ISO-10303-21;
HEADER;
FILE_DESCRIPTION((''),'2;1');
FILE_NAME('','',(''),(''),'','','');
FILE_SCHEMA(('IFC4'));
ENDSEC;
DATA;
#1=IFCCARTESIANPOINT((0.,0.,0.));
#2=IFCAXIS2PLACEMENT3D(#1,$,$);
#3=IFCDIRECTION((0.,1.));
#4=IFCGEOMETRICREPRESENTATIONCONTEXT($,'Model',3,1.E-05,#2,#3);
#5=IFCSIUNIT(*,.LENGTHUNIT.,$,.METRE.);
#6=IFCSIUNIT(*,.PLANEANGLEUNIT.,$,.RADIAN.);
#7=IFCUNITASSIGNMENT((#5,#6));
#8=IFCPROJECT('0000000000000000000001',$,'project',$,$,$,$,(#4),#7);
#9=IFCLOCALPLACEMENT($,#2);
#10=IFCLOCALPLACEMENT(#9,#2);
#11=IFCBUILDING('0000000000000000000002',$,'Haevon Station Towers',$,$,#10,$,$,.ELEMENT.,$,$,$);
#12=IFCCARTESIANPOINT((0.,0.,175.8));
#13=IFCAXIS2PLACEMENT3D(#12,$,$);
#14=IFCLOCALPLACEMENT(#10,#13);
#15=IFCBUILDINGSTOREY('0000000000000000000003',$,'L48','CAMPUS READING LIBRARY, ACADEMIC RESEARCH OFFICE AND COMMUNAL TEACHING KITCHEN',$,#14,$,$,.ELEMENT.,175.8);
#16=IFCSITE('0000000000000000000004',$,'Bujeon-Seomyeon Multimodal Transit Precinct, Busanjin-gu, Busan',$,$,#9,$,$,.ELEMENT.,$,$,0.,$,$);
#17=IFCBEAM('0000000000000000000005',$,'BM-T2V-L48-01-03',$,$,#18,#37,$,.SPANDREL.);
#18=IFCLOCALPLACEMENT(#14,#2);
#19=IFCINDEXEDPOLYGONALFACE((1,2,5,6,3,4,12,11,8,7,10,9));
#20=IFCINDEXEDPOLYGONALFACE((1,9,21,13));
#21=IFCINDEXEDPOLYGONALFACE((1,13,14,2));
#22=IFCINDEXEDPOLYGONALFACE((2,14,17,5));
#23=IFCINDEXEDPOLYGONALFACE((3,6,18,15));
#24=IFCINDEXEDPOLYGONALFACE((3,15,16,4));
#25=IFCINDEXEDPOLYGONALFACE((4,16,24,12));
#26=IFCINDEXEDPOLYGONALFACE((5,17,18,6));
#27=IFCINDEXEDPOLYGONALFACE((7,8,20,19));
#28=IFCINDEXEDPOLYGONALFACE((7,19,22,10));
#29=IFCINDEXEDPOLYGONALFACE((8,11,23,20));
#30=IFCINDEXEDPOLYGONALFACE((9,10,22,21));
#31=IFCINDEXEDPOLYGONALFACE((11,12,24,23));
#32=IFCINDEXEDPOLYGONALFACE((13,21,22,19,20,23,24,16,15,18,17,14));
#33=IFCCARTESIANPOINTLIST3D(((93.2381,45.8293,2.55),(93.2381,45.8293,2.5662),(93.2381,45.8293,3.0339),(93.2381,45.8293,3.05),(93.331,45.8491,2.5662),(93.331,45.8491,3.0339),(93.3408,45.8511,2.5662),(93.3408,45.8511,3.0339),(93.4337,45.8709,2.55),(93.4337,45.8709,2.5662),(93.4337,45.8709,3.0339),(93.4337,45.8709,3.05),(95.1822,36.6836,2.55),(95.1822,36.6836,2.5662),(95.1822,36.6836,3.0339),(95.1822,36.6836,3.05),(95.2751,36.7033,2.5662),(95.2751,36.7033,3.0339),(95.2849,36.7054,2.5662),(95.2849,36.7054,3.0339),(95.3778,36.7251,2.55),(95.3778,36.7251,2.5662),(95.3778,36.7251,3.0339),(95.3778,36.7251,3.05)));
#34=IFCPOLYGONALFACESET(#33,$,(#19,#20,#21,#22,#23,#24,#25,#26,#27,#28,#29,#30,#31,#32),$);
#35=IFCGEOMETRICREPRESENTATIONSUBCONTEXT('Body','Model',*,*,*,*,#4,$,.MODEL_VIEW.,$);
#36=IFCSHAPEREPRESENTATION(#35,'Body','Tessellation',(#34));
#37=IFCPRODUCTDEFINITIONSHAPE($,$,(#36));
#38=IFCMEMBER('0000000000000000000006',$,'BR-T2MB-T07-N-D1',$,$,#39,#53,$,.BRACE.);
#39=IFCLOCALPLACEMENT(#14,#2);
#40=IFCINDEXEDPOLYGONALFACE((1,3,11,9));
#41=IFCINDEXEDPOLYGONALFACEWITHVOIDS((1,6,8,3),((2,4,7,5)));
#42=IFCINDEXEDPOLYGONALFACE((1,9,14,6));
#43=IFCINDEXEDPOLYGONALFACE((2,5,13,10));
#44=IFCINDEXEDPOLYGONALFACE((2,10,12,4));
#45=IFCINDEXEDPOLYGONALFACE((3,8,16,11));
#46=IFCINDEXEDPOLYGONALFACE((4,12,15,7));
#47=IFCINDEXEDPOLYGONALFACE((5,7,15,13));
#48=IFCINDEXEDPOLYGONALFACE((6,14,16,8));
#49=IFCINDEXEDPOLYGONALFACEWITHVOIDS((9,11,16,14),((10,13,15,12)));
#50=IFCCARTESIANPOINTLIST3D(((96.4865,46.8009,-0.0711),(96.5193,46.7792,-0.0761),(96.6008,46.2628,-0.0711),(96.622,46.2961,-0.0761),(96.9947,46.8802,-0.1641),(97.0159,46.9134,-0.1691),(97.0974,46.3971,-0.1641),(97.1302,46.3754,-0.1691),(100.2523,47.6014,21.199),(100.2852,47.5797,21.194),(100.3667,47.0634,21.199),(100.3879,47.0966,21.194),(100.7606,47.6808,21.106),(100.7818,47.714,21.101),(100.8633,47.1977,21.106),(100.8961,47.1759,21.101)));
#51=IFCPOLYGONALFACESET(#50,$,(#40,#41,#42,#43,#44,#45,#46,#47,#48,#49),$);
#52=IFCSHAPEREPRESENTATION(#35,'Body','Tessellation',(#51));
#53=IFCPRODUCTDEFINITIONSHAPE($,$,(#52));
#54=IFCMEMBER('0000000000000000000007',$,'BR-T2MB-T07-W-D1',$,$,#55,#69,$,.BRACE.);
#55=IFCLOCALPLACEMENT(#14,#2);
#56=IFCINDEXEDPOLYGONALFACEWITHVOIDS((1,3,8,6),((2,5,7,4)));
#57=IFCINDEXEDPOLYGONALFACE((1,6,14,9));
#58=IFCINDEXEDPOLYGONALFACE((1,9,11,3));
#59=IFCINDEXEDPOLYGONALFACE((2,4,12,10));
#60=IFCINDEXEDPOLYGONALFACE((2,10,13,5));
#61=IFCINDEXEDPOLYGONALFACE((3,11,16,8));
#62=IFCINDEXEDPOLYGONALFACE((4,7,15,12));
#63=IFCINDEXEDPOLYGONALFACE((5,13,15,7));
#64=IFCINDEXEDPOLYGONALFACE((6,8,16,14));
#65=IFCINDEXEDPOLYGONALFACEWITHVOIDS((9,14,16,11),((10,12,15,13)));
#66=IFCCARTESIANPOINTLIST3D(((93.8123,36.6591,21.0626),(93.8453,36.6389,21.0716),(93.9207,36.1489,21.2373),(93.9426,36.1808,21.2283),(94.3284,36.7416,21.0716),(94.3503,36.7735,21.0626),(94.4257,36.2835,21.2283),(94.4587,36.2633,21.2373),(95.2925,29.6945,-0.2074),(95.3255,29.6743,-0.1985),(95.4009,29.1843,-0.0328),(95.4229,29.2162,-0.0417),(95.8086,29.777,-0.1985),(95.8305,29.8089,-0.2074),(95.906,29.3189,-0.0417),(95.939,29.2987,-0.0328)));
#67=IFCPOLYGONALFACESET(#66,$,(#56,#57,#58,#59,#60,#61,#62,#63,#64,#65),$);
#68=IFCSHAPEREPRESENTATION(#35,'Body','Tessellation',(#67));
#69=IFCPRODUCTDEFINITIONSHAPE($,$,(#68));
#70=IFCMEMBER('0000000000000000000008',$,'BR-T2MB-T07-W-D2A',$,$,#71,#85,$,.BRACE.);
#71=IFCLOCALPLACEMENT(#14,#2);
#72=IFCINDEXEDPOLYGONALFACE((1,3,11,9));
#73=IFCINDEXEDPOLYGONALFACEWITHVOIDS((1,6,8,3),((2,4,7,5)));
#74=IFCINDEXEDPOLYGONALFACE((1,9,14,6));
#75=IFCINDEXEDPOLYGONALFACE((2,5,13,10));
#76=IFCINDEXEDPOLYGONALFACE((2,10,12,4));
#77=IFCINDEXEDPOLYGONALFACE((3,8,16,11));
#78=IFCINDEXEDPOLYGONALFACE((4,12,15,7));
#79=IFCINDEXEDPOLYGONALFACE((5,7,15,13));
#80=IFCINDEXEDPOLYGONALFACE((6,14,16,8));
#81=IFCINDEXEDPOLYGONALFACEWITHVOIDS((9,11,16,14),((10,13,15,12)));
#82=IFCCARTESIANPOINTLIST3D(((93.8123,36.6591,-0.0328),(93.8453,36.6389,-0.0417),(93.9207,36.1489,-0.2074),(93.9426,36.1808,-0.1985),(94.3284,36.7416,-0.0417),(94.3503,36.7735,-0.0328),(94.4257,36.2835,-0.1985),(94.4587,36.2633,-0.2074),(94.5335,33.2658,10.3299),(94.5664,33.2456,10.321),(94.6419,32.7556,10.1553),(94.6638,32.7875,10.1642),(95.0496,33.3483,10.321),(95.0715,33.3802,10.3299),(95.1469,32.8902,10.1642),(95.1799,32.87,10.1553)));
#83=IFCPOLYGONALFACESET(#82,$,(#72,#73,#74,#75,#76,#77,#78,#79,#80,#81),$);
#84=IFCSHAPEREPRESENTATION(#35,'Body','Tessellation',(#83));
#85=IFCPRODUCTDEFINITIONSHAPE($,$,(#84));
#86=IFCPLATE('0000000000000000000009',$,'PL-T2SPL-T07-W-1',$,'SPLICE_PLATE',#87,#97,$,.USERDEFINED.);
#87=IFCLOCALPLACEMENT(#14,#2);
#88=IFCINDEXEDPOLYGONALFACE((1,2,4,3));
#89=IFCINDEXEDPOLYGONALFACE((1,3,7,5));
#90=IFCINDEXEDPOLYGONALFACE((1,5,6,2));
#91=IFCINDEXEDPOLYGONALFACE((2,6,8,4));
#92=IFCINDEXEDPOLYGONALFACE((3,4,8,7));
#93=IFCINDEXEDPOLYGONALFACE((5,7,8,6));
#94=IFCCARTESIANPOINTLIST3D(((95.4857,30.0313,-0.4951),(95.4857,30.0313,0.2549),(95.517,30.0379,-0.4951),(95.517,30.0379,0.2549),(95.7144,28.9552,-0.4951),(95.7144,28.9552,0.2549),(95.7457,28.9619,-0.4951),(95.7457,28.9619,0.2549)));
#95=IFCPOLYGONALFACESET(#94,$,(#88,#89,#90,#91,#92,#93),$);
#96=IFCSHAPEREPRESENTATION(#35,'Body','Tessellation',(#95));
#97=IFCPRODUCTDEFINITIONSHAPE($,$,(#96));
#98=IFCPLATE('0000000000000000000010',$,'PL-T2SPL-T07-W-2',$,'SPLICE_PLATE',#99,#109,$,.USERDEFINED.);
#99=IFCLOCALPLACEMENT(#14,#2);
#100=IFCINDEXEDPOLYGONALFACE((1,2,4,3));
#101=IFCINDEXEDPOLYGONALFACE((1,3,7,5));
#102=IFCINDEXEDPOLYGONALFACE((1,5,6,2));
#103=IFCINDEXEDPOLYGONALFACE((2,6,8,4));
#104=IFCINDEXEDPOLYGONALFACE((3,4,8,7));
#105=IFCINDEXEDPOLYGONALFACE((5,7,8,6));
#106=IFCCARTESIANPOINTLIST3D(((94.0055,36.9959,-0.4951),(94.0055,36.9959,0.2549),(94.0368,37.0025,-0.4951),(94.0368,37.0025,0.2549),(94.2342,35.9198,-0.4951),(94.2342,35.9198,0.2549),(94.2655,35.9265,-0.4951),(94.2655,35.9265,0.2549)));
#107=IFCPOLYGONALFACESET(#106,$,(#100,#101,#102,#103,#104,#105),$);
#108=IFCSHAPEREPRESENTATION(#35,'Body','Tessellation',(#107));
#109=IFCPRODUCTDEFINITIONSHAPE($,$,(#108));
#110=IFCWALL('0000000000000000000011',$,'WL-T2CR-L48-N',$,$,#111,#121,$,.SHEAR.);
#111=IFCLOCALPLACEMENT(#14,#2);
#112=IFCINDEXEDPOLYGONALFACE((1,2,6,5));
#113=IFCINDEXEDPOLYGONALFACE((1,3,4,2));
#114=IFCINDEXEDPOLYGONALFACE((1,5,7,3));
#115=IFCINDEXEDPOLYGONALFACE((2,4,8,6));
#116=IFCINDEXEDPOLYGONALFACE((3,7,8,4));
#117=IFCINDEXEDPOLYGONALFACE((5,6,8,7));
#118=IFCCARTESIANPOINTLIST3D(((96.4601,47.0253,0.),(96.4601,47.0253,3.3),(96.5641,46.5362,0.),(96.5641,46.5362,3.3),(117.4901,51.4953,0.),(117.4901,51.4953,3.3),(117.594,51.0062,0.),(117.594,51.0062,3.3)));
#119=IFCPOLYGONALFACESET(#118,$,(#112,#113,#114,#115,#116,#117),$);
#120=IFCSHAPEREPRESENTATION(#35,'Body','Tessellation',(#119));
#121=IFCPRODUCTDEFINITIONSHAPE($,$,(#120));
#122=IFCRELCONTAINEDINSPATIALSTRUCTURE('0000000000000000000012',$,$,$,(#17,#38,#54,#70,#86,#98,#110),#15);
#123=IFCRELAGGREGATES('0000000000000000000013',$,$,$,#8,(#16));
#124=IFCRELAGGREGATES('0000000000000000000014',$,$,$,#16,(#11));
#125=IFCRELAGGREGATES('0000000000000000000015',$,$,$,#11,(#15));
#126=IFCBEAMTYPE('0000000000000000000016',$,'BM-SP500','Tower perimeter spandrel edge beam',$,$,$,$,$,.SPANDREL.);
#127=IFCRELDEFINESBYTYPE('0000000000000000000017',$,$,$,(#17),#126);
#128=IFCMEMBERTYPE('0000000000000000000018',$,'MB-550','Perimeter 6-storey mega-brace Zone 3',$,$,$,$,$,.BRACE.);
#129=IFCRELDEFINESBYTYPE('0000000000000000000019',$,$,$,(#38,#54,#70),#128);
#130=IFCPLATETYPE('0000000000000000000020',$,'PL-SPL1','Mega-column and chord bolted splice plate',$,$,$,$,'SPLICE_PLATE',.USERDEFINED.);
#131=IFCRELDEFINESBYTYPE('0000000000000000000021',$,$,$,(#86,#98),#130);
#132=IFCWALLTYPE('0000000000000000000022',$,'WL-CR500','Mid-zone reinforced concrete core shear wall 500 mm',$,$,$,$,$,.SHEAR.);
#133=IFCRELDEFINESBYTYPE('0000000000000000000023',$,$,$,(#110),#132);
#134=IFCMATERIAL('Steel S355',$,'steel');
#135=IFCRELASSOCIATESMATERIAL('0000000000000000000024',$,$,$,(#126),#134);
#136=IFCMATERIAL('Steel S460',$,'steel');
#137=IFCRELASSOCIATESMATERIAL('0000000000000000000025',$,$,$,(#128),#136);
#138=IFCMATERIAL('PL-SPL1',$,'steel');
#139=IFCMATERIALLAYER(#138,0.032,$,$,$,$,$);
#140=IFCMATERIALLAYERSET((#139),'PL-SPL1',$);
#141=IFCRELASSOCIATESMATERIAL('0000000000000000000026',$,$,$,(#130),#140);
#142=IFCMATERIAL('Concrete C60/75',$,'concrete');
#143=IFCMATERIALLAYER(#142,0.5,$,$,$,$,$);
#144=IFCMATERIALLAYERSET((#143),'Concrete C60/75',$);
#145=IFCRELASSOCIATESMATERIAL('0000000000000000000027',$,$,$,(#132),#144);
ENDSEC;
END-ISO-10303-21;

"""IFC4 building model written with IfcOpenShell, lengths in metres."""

from ifc_helpers import new_model, si_unit, direction, frame, frame_2d, origin, origin_2d, place, context, subcontext, project, spatial, rectangle, hollow_rectangle, i_section, extrude, material, layer, layer_set, material_profile, profile_set, type_object, element, save


model = new_model("IFC4")

# Units and contexts
model_context = context("Model", 3, precision=1e-05, world=origin(), true_north=direction((0.0, 1.0)))
body_context = subcontext(model_context, "Body", "Model", "MODEL_VIEW")
ifc_project = project(units=[si_unit("LENGTHUNIT", "METRE"), si_unit("PLANEANGLEUNIT", "RADIAN")], contexts=[model_context])

# Site, building, storey
site_placement = place(None, origin())
site = spatial("IfcSite", under=ifc_project, at=site_placement, Name="Bujeon-Seomyeon Multimodal Transit Precinct, Busanjin-gu, Busan", CompositionType="ELEMENT", RefElevation=0.0)
building_placement = place(site_placement, origin())
building = spatial("IfcBuilding", under=site, at=building_placement, Name="Haevon Station Towers", CompositionType="ELEMENT")
storey_placement = place(building_placement, frame((0.0, 0.0, 175.8)))
storey = spatial("IfcBuildingStorey", under=building, at=storey_placement, Name="L48", Description="CAMPUS READING LIBRARY, ACADEMIC RESEARCH OFFICE AND COMMUNAL TEACHING KITCHEN", CompositionType="ELEMENT", Elevation=175.8)

# Shared definitions
ifc_material_1 = material(Name="Steel S460", Category="steel")
ifc_material_2 = material(Name="Steel S355", Category="steel")

# Beam
ifc_material_profile_1 = material_profile(ifc_material_2, i_section(OverallWidth=0.2, OverallDepth=0.5, WebThickness=0.01, FlangeThickness=0.0161, at=origin_2d()), Name="H-500x200x10x16")
ifc_profile_set_1 = profile_set([ifc_material_profile_1], Name="Steel S355")
beam_type_1 = type_object("IfcBeamType", Name="BM-SP500", Description="Tower perimeter spandrel edge beam", PredefinedType="SPANDREL", material=ifc_profile_set_1)
beam_1_placement = place(storey_placement, frame((95.28, 36.7043, 2.8), z_axis=(-0.207922, 0.978145, 0.0), x_axis=(-0.978145, -0.207922, 0.0)))
element("IfcBeam", 1, at=beam_1_placement, inside=storey, type_object=beam_type_1, Name="BM-T2V-L48-01-03", PredefinedType="SPANDREL", context=body_context, shape_type="SweptSolid", body=[
    extrude(i_section(OverallWidth=0.2, OverallDepth=0.5, WebThickness=0.01, FlangeThickness=0.0161, at=origin_2d()), origin(), (0.0, 0.0, 1.0), 9.3501),
])

# Members
ifc_material_profile_2 = material_profile(ifc_material_1, hollow_rectangle(XDim=0.55, YDim=0.55, WallThickness=0.0281, at=origin_2d()), Name="RHS-550x550x28")
ifc_profile_set_2 = profile_set([ifc_material_profile_2], Name="Steel S460")
member_type = type_object("IfcMemberType", Name="MB-550", Description="Perimeter 6-storey mega-brace Zone 3", PredefinedType="BRACE", material=ifc_profile_set_2)
member_1_placement = place(storey_placement, frame((96.8083, 46.5881, -0.1201), z_axis=(0.17422, 0.037035, 0.98401), x_axis=(-0.207931, 0.978144, 0.0)))
element("IfcMember", 2, at=member_1_placement, inside=storey, type_object=member_type, Name="BR-T2MB-T07-N-D1", PredefinedType="BRACE", context=body_context, shape_type="SweptSolid", body=[
    extrude(hollow_rectangle(XDim=0.55, YDim=0.55, WallThickness=0.0281, at=origin_2d()), origin(), (0.0, 0.0, 1.0), 21.6157),
])
member_2_placement = place(storey_placement, frame((95.6157, 29.4966, -0.1201), z_axis=(-0.065993, 0.310502, 0.948279), x_axis=(-0.978152, -0.207892, 0.0)))
element("IfcMember", 3, at=member_2_placement, inside=storey, type_object=member_type, Name="BR-T2MB-T07-W-D1", PredefinedType="BRACE", context=body_context, shape_type="SweptSolid", body=[
    extrude(hollow_rectangle(XDim=0.55, YDim=0.55, WallThickness=0.0281, at=origin_2d()), origin(), (0.0, 0.0, 1.0), 22.4302),
])
member_3_placement = place(storey_placement, frame((94.1355, 36.4612, -0.1201), z_axis=(0.065995, -0.310514, 0.948275), x_axis=(0.978152, 0.20789, 0.0)))
element("IfcMember", 4, at=member_3_placement, inside=storey, type_object=member_type, Name="BR-T2MB-T07-W-D2A", PredefinedType="BRACE", context=body_context, shape_type="SweptSolid", body=[
    extrude(hollow_rectangle(XDim=0.55, YDim=0.55, WallThickness=0.0281, at=origin_2d()), origin(), (0.0, 0.0, 1.0), 10.928),
])

# Plates
ifc_material_3 = material(Name="PL-SPL1", Category="steel")
ifc_layer_1 = layer(ifc_material_3, 0.032)
ifc_layer_set_1 = layer_set([ifc_layer_1], Name="PL-SPL1")
plate_type = type_object("IfcPlateType", Name="PL-SPL1", Description="Mega-column and chord bolted splice plate", ElementType="SPLICE_PLATE", PredefinedType="USERDEFINED", material=ifc_layer_set_1)
for number, where, z_axis, x_axis, name in (
    (5, (95.6157, 29.4966, -0.4951), (0.0, 0.0, 1.0), (-0.207912, 0.978148, 0.0), "PL-T2SPL-T07-W-1"),
    (6, (94.1355, 36.4612, -0.4951), (0.0, 0.0, 1.0), (-0.207912, 0.978148, 0.0), "PL-T2SPL-T07-W-2"),
):
    element("IfcPlate", number, at=place(storey_placement, frame(where, z_axis=z_axis, x_axis=x_axis)), inside=storey, type_object=plate_type, Name=name, ObjectType="SPLICE_PLATE", PredefinedType="USERDEFINED", context=body_context, shape_type="SweptSolid", body=[
        extrude(rectangle(XDim=1.1001, YDim=0.032, at=origin_2d()), origin(), (0.0, 0.0, 1.0), 0.75),
    ])

# Wall
ifc_material_4 = material(Name="Concrete C60/75", Category="concrete")
ifc_layer_2 = layer(ifc_material_4, 0.5)
ifc_layer_set_2 = layer_set([ifc_layer_2], Name="Concrete C60/75")
wall_type_1 = type_object("IfcWallType", Name="WL-CR500", Description="Mid-zone reinforced concrete core shear wall 500 mm", PredefinedType="SHEAR", material=ifc_layer_set_2)
wall_1_placement = place(storey_placement, frame((96.512, 46.7808, 0.0), z_axis=(0.0, 0.0, 1.0), x_axis=(0.978149, 0.207907, 0.0)))
element("IfcWall", 7, at=wall_1_placement, inside=storey, type_object=wall_type_1, Name="WL-T2CR-L48-N", PredefinedType="SHEAR", context=body_context, shape_type="SweptSolid", body=[
    extrude(rectangle(XDim=21.4998, YDim=0.5, at=frame_2d((10.75, 0.0))), origin(), (0.0, 0.0, 1.0), 3.3),
])

save(model, "model.ifc")
